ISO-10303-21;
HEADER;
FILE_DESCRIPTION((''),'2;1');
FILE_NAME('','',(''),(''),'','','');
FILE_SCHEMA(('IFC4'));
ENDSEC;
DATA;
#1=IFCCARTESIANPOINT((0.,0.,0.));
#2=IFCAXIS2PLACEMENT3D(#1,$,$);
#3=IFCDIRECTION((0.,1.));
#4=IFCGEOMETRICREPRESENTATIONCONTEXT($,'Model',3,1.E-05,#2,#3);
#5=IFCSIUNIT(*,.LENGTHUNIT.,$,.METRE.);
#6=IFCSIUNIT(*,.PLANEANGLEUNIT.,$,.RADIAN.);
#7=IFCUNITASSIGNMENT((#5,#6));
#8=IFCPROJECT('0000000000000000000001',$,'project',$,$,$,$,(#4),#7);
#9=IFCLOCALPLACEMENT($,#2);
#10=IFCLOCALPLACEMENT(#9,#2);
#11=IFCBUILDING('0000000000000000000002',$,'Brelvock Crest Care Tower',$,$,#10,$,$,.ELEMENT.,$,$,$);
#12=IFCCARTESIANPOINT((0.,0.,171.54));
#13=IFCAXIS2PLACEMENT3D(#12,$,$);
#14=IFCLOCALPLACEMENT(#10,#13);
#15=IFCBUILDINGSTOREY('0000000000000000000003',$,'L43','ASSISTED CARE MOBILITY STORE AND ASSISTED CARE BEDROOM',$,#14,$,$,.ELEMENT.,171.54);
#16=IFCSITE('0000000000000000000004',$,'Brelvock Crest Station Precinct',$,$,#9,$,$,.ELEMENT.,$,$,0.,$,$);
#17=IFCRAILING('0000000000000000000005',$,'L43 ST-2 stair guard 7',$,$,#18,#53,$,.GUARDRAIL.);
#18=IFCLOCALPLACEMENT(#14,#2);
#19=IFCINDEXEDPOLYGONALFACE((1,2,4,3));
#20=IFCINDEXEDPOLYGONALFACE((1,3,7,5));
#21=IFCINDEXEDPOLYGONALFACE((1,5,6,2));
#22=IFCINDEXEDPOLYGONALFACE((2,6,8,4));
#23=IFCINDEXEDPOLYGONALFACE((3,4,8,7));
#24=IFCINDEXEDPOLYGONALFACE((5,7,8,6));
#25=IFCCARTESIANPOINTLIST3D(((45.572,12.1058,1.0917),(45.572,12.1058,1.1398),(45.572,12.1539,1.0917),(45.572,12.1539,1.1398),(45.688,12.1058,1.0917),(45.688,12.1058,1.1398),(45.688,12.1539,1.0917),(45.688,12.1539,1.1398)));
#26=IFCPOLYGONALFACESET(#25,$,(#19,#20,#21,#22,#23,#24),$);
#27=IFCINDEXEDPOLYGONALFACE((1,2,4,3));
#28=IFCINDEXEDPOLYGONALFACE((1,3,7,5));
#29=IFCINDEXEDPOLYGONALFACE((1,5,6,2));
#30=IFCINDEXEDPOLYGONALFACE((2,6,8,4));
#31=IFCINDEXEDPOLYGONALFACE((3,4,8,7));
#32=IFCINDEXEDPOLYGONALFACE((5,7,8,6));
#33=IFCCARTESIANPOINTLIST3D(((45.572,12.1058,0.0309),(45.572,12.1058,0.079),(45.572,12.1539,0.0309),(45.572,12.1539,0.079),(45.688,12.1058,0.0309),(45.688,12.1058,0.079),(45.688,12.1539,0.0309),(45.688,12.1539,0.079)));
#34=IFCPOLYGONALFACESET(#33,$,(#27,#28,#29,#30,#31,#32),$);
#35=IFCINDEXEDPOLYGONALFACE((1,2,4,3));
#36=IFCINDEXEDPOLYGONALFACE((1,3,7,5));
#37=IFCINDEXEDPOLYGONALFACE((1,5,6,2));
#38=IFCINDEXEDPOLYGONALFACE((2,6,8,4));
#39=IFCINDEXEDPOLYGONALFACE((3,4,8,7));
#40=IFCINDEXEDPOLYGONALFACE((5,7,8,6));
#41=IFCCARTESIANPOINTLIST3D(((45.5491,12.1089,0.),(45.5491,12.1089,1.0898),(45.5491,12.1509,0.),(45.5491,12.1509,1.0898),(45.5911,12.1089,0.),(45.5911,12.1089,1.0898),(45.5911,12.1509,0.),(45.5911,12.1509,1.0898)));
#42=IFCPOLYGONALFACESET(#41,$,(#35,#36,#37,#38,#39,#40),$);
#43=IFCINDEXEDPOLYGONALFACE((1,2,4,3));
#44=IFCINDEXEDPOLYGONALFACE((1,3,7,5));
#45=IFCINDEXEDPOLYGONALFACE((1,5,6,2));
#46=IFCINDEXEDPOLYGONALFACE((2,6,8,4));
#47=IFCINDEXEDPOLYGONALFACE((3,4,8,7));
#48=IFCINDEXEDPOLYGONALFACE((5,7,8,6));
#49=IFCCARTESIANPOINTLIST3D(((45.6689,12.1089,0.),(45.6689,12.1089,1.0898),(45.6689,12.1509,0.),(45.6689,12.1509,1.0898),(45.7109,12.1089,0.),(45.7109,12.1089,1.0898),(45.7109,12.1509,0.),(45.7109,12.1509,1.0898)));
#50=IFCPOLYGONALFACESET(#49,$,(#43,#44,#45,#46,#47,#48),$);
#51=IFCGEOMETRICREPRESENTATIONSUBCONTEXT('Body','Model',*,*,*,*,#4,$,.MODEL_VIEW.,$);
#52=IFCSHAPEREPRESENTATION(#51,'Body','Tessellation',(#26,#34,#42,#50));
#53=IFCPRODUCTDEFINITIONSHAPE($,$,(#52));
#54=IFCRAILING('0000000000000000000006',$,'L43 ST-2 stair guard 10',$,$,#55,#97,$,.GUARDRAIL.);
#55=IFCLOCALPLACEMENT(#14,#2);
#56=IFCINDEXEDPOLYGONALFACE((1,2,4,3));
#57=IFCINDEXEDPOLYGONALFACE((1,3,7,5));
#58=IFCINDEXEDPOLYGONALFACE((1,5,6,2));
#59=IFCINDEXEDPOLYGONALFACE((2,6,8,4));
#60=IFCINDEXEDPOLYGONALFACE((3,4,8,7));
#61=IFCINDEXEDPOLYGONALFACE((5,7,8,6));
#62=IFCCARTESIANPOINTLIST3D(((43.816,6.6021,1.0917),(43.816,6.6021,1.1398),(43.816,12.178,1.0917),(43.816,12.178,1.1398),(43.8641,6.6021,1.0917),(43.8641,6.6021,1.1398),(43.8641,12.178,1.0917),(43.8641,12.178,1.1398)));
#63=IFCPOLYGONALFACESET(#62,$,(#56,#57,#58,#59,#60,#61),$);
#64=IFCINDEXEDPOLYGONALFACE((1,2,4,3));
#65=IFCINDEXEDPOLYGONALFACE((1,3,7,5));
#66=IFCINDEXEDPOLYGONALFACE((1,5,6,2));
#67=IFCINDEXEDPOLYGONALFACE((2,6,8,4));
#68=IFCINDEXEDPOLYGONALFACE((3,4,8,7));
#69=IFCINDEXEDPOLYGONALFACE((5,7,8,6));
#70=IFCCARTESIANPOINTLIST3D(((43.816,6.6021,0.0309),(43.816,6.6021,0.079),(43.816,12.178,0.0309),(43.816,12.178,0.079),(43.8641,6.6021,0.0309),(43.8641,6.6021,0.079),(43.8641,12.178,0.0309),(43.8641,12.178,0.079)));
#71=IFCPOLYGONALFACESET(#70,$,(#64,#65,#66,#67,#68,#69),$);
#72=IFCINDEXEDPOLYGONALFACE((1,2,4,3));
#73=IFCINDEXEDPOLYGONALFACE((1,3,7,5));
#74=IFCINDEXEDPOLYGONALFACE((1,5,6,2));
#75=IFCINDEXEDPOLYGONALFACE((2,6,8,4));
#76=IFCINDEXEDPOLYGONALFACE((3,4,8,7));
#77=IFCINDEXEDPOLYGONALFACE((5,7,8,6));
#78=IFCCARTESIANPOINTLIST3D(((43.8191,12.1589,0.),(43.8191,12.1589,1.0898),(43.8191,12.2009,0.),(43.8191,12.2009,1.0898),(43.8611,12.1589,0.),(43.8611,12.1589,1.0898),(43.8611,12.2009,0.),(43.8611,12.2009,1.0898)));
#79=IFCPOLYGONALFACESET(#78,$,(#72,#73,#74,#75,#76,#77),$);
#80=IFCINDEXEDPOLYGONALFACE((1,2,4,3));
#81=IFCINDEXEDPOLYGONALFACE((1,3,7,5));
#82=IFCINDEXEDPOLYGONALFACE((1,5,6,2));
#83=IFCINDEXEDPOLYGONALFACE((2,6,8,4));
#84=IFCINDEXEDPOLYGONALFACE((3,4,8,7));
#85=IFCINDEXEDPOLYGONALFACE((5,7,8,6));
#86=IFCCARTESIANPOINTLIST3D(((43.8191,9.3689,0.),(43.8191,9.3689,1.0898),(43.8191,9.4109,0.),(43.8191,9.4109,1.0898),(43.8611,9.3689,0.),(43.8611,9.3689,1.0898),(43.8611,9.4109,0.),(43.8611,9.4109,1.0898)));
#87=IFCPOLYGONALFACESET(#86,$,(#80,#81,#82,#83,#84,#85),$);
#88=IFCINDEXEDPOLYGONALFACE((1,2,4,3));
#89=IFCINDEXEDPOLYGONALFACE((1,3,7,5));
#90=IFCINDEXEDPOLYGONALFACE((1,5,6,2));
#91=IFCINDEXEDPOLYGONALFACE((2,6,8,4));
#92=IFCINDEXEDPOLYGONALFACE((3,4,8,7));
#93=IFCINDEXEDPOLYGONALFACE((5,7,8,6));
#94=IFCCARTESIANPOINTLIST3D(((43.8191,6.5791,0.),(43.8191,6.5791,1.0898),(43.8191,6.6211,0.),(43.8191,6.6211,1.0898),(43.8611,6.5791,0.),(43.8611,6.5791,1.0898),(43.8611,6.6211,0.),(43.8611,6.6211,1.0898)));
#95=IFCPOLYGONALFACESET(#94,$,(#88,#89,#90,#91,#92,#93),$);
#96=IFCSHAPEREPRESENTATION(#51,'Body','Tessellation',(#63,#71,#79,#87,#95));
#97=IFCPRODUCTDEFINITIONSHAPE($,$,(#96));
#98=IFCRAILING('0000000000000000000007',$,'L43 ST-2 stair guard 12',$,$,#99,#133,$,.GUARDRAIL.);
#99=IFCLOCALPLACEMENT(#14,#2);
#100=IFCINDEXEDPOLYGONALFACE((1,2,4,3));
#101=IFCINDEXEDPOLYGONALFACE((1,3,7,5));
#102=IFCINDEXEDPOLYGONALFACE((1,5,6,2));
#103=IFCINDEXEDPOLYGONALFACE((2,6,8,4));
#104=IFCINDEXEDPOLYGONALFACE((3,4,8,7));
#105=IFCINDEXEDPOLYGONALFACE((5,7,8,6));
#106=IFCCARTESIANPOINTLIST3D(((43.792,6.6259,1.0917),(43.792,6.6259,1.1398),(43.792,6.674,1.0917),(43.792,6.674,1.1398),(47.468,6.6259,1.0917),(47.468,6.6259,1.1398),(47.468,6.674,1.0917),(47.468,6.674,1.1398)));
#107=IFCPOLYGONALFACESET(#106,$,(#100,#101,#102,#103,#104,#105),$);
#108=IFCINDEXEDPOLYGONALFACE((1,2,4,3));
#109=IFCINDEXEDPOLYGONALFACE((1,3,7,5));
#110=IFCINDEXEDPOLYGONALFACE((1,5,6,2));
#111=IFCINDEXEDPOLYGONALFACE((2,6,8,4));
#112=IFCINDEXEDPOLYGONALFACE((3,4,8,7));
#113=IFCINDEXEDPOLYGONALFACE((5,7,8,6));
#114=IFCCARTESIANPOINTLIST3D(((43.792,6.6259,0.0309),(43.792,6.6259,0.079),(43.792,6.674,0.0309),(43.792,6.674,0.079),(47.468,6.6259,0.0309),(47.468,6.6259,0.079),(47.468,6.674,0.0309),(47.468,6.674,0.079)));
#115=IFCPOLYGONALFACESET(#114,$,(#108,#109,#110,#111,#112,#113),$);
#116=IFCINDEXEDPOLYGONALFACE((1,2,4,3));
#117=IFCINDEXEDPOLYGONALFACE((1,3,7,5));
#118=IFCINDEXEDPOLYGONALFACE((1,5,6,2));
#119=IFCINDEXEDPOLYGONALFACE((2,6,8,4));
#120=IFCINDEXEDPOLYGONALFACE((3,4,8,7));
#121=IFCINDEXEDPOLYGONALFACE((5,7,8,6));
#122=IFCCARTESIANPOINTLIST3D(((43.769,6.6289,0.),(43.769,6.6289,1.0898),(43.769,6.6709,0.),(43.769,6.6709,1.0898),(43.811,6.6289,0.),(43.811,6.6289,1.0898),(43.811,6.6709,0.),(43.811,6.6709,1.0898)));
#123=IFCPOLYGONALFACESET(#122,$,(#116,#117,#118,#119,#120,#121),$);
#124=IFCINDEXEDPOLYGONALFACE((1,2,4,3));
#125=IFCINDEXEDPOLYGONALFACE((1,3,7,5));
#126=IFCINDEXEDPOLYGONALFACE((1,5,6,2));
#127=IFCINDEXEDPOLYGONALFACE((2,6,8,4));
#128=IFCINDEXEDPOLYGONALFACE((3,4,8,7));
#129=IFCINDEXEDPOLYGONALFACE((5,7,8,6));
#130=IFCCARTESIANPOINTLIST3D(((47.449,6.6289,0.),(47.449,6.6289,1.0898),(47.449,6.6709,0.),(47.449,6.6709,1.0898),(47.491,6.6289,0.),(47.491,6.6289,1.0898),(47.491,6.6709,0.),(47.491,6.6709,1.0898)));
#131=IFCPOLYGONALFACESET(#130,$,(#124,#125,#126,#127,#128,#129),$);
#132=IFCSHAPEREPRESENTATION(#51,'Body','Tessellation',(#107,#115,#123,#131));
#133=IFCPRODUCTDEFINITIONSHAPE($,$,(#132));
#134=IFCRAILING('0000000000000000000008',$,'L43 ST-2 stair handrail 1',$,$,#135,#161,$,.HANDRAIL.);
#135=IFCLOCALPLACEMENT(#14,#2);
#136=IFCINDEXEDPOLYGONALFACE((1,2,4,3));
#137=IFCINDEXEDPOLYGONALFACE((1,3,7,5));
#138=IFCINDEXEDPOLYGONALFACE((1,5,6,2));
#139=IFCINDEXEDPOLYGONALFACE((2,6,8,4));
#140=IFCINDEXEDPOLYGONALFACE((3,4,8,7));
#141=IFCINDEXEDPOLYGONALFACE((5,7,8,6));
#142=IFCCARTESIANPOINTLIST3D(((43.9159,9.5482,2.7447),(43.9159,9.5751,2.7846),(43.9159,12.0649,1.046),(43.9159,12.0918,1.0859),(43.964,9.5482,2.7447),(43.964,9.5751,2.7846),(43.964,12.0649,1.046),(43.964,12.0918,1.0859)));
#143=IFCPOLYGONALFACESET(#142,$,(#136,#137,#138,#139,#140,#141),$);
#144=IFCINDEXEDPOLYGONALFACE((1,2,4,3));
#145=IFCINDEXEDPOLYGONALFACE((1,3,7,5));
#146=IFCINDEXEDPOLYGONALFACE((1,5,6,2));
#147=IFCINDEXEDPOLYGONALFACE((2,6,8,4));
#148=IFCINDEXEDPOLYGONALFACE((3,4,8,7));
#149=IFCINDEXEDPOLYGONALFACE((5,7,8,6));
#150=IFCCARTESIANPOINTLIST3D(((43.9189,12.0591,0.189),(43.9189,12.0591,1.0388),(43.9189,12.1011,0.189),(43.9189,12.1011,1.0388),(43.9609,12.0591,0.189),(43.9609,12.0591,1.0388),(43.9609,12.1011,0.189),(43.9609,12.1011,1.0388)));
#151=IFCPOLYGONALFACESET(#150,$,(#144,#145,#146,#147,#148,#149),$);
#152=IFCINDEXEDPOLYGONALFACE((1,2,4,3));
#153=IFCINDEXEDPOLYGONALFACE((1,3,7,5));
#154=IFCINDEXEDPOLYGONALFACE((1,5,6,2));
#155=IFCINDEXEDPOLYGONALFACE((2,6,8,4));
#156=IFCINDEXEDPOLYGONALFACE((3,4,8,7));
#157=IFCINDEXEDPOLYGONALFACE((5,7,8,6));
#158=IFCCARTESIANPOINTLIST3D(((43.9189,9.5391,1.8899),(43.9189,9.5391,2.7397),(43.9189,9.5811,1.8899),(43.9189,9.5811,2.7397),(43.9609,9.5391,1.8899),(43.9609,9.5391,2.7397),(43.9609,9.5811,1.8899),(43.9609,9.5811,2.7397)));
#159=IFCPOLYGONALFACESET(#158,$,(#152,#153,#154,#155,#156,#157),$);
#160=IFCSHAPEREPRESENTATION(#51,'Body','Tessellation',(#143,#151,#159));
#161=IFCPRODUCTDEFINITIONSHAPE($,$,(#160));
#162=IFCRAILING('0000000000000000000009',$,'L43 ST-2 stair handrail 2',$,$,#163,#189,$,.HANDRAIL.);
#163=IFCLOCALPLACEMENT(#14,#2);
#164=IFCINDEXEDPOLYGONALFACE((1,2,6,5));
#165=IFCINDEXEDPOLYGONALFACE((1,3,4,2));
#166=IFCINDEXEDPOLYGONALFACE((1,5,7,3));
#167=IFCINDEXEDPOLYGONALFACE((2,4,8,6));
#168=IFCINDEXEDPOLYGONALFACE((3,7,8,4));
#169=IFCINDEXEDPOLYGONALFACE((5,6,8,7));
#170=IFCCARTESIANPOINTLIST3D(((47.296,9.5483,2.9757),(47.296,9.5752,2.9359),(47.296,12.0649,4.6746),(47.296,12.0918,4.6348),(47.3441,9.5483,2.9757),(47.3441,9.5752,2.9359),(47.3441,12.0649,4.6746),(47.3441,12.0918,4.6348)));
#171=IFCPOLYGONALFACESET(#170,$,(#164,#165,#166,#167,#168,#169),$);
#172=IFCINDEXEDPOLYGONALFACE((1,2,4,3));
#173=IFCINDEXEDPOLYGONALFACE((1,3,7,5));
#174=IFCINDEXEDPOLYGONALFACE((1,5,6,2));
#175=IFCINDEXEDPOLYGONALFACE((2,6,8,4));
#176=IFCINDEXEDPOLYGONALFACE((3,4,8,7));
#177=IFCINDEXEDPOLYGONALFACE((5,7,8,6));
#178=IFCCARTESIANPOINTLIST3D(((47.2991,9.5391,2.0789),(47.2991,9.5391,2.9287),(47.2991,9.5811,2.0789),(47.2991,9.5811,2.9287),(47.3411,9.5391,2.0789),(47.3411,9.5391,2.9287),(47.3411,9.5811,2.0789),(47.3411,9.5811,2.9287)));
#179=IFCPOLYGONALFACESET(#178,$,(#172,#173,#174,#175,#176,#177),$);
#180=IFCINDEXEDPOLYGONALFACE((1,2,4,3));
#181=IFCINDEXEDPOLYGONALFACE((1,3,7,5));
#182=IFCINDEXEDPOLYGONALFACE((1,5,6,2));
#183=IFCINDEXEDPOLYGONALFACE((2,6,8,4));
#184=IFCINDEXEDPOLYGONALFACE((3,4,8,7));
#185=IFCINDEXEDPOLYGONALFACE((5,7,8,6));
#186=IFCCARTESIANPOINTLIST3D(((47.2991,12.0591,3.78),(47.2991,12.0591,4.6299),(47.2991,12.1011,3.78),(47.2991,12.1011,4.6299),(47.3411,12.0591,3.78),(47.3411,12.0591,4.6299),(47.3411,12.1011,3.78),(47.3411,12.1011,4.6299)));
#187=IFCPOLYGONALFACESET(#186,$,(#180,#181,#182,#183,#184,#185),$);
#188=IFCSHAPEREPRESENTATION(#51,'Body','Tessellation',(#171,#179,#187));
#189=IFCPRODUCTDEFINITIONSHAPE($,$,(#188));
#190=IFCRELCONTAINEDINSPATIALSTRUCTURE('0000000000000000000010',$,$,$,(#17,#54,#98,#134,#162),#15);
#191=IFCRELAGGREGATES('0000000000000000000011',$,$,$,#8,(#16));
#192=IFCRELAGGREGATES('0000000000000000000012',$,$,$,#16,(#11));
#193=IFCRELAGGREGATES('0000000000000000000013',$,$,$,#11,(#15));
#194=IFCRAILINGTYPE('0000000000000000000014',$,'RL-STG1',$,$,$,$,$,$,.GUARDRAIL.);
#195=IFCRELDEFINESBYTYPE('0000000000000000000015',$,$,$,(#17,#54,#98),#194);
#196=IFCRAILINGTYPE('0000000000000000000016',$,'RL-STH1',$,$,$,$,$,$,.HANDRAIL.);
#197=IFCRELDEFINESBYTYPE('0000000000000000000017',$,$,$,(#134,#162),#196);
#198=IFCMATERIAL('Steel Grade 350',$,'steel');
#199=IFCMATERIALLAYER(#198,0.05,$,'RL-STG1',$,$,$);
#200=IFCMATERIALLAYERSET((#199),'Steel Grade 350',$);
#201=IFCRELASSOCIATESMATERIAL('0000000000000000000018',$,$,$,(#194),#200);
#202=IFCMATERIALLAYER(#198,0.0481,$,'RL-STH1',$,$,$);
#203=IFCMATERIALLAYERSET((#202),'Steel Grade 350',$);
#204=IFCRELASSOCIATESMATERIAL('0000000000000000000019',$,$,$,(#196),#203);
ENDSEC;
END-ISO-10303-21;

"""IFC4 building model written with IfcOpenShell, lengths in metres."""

from ifc_helpers import new_model, si_unit, direction, frame, origin, origin_2d, place, context, subcontext, project, spatial, rectangle, extrude, material, layer, layer_set, type_object, element, save


model = new_model("IFC4")

# Units and contexts
model_context = context("Model", 3, precision=1e-05, world=origin(), true_north=direction((0.0, 1.0)))
body_context = subcontext(model_context, "Body", "Model", "MODEL_VIEW")
ifc_project = project(units=[si_unit("LENGTHUNIT", "METRE"), si_unit("PLANEANGLEUNIT", "RADIAN")], contexts=[model_context])

# Site, building, storey
site_placement = place(None, origin())
site = spatial("IfcSite", under=ifc_project, at=site_placement, Name="Brelvock Crest Station Precinct", CompositionType="ELEMENT", RefElevation=0.0)
building_placement = place(site_placement, origin())
building = spatial("IfcBuilding", under=site, at=building_placement, Name="Brelvock Crest Care Tower", CompositionType="ELEMENT")
storey_placement = place(building_placement, frame((0.0, 0.0, 171.54)))
storey = spatial("IfcBuildingStorey", under=building, at=storey_placement, Name="L43", Description="ASSISTED CARE MOBILITY STORE AND ASSISTED CARE BEDROOM", CompositionType="ELEMENT", Elevation=171.54)

# Shared definitions
ifc_material_1 = material(Name="Steel Grade 350", Category="steel")

# Railings
ifc_layer_1 = layer(ifc_material_1, 0.05, Name="RL-STG1")
ifc_layer_set_1 = layer_set([ifc_layer_1], Name="Steel Grade 350")
railing_type_1 = type_object("IfcRailingType", Name="RL-STG1", PredefinedType="GUARDRAIL", material=ifc_layer_set_1)
railing_1_placement = place(storey_placement, frame((45.5701, 12.1299, 0.0)))
element("IfcRailing", 1, at=railing_1_placement, inside=storey, type_object=railing_type_1, Name="L43 ST-2 stair guard 7", PredefinedType="GUARDRAIL", context=body_context, shape_type="SweptSolid", body=[
    extrude(rectangle(XDim=0.0481, YDim=0.0481, at=origin_2d()), frame((0.002, 0.0, 1.1157), z_axis=(1.0, 0.0, 0.0), x_axis=(0.0, 1.0, 0.0)), (0.0, 0.0, 1.0), 0.116),
    extrude(rectangle(XDim=0.0481, YDim=0.0481, at=origin_2d()), frame((0.002, 0.0, 0.0549), z_axis=(1.0, 0.0, 0.0), x_axis=(0.0, 1.0, 0.0)), (0.0, 0.0, 1.0), 0.116),
    extrude(rectangle(XDim=0.042, YDim=0.042, at=origin_2d()), origin(), (0.0, 0.0, 1.0), 1.0898),
    extrude(rectangle(XDim=0.042, YDim=0.042, at=origin_2d()), frame((0.1199, 0.0, 0.0)), (0.0, 0.0, 1.0), 1.0898),
])
railing_2_placement = place(storey_placement, frame((43.8401, 12.1799, 0.0)))
element("IfcRailing", 2, at=railing_2_placement, inside=storey, type_object=railing_type_1, Name="L43 ST-2 stair guard 10", PredefinedType="GUARDRAIL", context=body_context, shape_type="SweptSolid", body=[
    extrude(rectangle(XDim=0.0481, YDim=0.0481, at=origin_2d()), frame((0.0, -0.002, 1.1157), z_axis=(0.0, -1.0, 0.0), x_axis=(1.0, 0.0, 0.0)), (0.0, 0.0, 1.0), 5.5759),
    extrude(rectangle(XDim=0.0481, YDim=0.0481, at=origin_2d()), frame((0.0, -0.002, 0.0549), z_axis=(0.0, -1.0, 0.0), x_axis=(1.0, 0.0, 0.0)), (0.0, 0.0, 1.0), 5.5759),
    extrude(rectangle(XDim=0.042, YDim=0.042, at=origin_2d()), origin(), (0.0, 0.0, 1.0), 1.0898),
    extrude(rectangle(XDim=0.042, YDim=0.042, at=origin_2d()), frame((0.0, -2.79, 0.0)), (0.0, 0.0, 1.0), 1.0898),
    extrude(rectangle(XDim=0.042, YDim=0.042, at=origin_2d()), frame((0.0, -5.5798, 0.0)), (0.0, 0.0, 1.0), 1.0898),
])
railing_3_placement = place(storey_placement, frame((43.79, 6.6499, 0.0)))
element("IfcRailing", 3, at=railing_3_placement, inside=storey, type_object=railing_type_1, Name="L43 ST-2 stair guard 12", PredefinedType="GUARDRAIL", context=body_context, shape_type="SweptSolid", body=[
    extrude(rectangle(XDim=0.0481, YDim=0.0481, at=origin_2d()), frame((0.002, 0.0, 1.1157), z_axis=(1.0, 0.0, 0.0), x_axis=(0.0, 1.0, 0.0)), (0.0, 0.0, 1.0), 3.676),
    extrude(rectangle(XDim=0.0481, YDim=0.0481, at=origin_2d()), frame((0.002, 0.0, 0.0549), z_axis=(1.0, 0.0, 0.0), x_axis=(0.0, 1.0, 0.0)), (0.0, 0.0, 1.0), 3.676),
    extrude(rectangle(XDim=0.042, YDim=0.042, at=origin_2d()), origin(), (0.0, 0.0, 1.0), 1.0898),
    extrude(rectangle(XDim=0.042, YDim=0.042, at=origin_2d()), frame((3.6799, 0.0, 0.0)), (0.0, 0.0, 1.0), 1.0898),
])
ifc_layer_2 = layer(ifc_material_1, 0.0481, Name="RL-STH1")
ifc_layer_set_2 = layer_set([ifc_layer_2], Name="Steel Grade 350")
railing_type_2 = type_object("IfcRailingType", Name="RL-STH1", PredefinedType="HANDRAIL", material=ifc_layer_set_2)
railing_4_placement = place(storey_placement, frame((43.9399, 12.0801, 0.189)))
element("IfcRailing", 4, at=railing_4_placement, inside=storey, type_object=railing_type_2, Name="L43 ST-2 stair handrail 1", PredefinedType="HANDRAIL", context=body_context, shape_type="SweptSolid", body=[
    extrude(rectangle(XDim=0.0481, YDim=0.0481, at=origin_2d()), frame((0.0, -0.0017, 0.877), z_axis=(0.0, -0.828862, 0.559454), x_axis=(1.0, 0.0, 0.0)), (0.0, 0.0, 1.0), 3.0364),
    extrude(rectangle(XDim=0.042, YDim=0.042, at=origin_2d()), origin(), (0.0, 0.0, 1.0), 0.8499),
    extrude(rectangle(XDim=0.042, YDim=0.042, at=origin_2d()), frame((0.0, -2.52, 1.7009)), (0.0, 0.0, 1.0), 0.8499),
])
railing_5_placement = place(storey_placement, frame((47.3201, 9.5601, 2.0789)))
element("IfcRailing", 5, at=railing_5_placement, inside=storey, type_object=railing_type_2, Name="L43 ST-2 stair handrail 2", PredefinedType="HANDRAIL", context=body_context, shape_type="SweptSolid", body=[
    extrude(rectangle(XDim=0.0481, YDim=0.0481, at=origin_2d()), frame((0.0, 0.0017, 0.877), z_axis=(0.0, 0.828824, 0.559509), x_axis=(-1.0, 0.0, 0.0)), (0.0, 0.0, 1.0), 3.0364),
    extrude(rectangle(XDim=0.042, YDim=0.042, at=origin_2d()), origin(), (0.0, 0.0, 1.0), 0.8499),
    extrude(rectangle(XDim=0.042, YDim=0.042, at=origin_2d()), frame((0.0, 2.52, 1.7012)), (0.0, 0.0, 1.0), 0.8499),
])

save(model, "model.ifc")
